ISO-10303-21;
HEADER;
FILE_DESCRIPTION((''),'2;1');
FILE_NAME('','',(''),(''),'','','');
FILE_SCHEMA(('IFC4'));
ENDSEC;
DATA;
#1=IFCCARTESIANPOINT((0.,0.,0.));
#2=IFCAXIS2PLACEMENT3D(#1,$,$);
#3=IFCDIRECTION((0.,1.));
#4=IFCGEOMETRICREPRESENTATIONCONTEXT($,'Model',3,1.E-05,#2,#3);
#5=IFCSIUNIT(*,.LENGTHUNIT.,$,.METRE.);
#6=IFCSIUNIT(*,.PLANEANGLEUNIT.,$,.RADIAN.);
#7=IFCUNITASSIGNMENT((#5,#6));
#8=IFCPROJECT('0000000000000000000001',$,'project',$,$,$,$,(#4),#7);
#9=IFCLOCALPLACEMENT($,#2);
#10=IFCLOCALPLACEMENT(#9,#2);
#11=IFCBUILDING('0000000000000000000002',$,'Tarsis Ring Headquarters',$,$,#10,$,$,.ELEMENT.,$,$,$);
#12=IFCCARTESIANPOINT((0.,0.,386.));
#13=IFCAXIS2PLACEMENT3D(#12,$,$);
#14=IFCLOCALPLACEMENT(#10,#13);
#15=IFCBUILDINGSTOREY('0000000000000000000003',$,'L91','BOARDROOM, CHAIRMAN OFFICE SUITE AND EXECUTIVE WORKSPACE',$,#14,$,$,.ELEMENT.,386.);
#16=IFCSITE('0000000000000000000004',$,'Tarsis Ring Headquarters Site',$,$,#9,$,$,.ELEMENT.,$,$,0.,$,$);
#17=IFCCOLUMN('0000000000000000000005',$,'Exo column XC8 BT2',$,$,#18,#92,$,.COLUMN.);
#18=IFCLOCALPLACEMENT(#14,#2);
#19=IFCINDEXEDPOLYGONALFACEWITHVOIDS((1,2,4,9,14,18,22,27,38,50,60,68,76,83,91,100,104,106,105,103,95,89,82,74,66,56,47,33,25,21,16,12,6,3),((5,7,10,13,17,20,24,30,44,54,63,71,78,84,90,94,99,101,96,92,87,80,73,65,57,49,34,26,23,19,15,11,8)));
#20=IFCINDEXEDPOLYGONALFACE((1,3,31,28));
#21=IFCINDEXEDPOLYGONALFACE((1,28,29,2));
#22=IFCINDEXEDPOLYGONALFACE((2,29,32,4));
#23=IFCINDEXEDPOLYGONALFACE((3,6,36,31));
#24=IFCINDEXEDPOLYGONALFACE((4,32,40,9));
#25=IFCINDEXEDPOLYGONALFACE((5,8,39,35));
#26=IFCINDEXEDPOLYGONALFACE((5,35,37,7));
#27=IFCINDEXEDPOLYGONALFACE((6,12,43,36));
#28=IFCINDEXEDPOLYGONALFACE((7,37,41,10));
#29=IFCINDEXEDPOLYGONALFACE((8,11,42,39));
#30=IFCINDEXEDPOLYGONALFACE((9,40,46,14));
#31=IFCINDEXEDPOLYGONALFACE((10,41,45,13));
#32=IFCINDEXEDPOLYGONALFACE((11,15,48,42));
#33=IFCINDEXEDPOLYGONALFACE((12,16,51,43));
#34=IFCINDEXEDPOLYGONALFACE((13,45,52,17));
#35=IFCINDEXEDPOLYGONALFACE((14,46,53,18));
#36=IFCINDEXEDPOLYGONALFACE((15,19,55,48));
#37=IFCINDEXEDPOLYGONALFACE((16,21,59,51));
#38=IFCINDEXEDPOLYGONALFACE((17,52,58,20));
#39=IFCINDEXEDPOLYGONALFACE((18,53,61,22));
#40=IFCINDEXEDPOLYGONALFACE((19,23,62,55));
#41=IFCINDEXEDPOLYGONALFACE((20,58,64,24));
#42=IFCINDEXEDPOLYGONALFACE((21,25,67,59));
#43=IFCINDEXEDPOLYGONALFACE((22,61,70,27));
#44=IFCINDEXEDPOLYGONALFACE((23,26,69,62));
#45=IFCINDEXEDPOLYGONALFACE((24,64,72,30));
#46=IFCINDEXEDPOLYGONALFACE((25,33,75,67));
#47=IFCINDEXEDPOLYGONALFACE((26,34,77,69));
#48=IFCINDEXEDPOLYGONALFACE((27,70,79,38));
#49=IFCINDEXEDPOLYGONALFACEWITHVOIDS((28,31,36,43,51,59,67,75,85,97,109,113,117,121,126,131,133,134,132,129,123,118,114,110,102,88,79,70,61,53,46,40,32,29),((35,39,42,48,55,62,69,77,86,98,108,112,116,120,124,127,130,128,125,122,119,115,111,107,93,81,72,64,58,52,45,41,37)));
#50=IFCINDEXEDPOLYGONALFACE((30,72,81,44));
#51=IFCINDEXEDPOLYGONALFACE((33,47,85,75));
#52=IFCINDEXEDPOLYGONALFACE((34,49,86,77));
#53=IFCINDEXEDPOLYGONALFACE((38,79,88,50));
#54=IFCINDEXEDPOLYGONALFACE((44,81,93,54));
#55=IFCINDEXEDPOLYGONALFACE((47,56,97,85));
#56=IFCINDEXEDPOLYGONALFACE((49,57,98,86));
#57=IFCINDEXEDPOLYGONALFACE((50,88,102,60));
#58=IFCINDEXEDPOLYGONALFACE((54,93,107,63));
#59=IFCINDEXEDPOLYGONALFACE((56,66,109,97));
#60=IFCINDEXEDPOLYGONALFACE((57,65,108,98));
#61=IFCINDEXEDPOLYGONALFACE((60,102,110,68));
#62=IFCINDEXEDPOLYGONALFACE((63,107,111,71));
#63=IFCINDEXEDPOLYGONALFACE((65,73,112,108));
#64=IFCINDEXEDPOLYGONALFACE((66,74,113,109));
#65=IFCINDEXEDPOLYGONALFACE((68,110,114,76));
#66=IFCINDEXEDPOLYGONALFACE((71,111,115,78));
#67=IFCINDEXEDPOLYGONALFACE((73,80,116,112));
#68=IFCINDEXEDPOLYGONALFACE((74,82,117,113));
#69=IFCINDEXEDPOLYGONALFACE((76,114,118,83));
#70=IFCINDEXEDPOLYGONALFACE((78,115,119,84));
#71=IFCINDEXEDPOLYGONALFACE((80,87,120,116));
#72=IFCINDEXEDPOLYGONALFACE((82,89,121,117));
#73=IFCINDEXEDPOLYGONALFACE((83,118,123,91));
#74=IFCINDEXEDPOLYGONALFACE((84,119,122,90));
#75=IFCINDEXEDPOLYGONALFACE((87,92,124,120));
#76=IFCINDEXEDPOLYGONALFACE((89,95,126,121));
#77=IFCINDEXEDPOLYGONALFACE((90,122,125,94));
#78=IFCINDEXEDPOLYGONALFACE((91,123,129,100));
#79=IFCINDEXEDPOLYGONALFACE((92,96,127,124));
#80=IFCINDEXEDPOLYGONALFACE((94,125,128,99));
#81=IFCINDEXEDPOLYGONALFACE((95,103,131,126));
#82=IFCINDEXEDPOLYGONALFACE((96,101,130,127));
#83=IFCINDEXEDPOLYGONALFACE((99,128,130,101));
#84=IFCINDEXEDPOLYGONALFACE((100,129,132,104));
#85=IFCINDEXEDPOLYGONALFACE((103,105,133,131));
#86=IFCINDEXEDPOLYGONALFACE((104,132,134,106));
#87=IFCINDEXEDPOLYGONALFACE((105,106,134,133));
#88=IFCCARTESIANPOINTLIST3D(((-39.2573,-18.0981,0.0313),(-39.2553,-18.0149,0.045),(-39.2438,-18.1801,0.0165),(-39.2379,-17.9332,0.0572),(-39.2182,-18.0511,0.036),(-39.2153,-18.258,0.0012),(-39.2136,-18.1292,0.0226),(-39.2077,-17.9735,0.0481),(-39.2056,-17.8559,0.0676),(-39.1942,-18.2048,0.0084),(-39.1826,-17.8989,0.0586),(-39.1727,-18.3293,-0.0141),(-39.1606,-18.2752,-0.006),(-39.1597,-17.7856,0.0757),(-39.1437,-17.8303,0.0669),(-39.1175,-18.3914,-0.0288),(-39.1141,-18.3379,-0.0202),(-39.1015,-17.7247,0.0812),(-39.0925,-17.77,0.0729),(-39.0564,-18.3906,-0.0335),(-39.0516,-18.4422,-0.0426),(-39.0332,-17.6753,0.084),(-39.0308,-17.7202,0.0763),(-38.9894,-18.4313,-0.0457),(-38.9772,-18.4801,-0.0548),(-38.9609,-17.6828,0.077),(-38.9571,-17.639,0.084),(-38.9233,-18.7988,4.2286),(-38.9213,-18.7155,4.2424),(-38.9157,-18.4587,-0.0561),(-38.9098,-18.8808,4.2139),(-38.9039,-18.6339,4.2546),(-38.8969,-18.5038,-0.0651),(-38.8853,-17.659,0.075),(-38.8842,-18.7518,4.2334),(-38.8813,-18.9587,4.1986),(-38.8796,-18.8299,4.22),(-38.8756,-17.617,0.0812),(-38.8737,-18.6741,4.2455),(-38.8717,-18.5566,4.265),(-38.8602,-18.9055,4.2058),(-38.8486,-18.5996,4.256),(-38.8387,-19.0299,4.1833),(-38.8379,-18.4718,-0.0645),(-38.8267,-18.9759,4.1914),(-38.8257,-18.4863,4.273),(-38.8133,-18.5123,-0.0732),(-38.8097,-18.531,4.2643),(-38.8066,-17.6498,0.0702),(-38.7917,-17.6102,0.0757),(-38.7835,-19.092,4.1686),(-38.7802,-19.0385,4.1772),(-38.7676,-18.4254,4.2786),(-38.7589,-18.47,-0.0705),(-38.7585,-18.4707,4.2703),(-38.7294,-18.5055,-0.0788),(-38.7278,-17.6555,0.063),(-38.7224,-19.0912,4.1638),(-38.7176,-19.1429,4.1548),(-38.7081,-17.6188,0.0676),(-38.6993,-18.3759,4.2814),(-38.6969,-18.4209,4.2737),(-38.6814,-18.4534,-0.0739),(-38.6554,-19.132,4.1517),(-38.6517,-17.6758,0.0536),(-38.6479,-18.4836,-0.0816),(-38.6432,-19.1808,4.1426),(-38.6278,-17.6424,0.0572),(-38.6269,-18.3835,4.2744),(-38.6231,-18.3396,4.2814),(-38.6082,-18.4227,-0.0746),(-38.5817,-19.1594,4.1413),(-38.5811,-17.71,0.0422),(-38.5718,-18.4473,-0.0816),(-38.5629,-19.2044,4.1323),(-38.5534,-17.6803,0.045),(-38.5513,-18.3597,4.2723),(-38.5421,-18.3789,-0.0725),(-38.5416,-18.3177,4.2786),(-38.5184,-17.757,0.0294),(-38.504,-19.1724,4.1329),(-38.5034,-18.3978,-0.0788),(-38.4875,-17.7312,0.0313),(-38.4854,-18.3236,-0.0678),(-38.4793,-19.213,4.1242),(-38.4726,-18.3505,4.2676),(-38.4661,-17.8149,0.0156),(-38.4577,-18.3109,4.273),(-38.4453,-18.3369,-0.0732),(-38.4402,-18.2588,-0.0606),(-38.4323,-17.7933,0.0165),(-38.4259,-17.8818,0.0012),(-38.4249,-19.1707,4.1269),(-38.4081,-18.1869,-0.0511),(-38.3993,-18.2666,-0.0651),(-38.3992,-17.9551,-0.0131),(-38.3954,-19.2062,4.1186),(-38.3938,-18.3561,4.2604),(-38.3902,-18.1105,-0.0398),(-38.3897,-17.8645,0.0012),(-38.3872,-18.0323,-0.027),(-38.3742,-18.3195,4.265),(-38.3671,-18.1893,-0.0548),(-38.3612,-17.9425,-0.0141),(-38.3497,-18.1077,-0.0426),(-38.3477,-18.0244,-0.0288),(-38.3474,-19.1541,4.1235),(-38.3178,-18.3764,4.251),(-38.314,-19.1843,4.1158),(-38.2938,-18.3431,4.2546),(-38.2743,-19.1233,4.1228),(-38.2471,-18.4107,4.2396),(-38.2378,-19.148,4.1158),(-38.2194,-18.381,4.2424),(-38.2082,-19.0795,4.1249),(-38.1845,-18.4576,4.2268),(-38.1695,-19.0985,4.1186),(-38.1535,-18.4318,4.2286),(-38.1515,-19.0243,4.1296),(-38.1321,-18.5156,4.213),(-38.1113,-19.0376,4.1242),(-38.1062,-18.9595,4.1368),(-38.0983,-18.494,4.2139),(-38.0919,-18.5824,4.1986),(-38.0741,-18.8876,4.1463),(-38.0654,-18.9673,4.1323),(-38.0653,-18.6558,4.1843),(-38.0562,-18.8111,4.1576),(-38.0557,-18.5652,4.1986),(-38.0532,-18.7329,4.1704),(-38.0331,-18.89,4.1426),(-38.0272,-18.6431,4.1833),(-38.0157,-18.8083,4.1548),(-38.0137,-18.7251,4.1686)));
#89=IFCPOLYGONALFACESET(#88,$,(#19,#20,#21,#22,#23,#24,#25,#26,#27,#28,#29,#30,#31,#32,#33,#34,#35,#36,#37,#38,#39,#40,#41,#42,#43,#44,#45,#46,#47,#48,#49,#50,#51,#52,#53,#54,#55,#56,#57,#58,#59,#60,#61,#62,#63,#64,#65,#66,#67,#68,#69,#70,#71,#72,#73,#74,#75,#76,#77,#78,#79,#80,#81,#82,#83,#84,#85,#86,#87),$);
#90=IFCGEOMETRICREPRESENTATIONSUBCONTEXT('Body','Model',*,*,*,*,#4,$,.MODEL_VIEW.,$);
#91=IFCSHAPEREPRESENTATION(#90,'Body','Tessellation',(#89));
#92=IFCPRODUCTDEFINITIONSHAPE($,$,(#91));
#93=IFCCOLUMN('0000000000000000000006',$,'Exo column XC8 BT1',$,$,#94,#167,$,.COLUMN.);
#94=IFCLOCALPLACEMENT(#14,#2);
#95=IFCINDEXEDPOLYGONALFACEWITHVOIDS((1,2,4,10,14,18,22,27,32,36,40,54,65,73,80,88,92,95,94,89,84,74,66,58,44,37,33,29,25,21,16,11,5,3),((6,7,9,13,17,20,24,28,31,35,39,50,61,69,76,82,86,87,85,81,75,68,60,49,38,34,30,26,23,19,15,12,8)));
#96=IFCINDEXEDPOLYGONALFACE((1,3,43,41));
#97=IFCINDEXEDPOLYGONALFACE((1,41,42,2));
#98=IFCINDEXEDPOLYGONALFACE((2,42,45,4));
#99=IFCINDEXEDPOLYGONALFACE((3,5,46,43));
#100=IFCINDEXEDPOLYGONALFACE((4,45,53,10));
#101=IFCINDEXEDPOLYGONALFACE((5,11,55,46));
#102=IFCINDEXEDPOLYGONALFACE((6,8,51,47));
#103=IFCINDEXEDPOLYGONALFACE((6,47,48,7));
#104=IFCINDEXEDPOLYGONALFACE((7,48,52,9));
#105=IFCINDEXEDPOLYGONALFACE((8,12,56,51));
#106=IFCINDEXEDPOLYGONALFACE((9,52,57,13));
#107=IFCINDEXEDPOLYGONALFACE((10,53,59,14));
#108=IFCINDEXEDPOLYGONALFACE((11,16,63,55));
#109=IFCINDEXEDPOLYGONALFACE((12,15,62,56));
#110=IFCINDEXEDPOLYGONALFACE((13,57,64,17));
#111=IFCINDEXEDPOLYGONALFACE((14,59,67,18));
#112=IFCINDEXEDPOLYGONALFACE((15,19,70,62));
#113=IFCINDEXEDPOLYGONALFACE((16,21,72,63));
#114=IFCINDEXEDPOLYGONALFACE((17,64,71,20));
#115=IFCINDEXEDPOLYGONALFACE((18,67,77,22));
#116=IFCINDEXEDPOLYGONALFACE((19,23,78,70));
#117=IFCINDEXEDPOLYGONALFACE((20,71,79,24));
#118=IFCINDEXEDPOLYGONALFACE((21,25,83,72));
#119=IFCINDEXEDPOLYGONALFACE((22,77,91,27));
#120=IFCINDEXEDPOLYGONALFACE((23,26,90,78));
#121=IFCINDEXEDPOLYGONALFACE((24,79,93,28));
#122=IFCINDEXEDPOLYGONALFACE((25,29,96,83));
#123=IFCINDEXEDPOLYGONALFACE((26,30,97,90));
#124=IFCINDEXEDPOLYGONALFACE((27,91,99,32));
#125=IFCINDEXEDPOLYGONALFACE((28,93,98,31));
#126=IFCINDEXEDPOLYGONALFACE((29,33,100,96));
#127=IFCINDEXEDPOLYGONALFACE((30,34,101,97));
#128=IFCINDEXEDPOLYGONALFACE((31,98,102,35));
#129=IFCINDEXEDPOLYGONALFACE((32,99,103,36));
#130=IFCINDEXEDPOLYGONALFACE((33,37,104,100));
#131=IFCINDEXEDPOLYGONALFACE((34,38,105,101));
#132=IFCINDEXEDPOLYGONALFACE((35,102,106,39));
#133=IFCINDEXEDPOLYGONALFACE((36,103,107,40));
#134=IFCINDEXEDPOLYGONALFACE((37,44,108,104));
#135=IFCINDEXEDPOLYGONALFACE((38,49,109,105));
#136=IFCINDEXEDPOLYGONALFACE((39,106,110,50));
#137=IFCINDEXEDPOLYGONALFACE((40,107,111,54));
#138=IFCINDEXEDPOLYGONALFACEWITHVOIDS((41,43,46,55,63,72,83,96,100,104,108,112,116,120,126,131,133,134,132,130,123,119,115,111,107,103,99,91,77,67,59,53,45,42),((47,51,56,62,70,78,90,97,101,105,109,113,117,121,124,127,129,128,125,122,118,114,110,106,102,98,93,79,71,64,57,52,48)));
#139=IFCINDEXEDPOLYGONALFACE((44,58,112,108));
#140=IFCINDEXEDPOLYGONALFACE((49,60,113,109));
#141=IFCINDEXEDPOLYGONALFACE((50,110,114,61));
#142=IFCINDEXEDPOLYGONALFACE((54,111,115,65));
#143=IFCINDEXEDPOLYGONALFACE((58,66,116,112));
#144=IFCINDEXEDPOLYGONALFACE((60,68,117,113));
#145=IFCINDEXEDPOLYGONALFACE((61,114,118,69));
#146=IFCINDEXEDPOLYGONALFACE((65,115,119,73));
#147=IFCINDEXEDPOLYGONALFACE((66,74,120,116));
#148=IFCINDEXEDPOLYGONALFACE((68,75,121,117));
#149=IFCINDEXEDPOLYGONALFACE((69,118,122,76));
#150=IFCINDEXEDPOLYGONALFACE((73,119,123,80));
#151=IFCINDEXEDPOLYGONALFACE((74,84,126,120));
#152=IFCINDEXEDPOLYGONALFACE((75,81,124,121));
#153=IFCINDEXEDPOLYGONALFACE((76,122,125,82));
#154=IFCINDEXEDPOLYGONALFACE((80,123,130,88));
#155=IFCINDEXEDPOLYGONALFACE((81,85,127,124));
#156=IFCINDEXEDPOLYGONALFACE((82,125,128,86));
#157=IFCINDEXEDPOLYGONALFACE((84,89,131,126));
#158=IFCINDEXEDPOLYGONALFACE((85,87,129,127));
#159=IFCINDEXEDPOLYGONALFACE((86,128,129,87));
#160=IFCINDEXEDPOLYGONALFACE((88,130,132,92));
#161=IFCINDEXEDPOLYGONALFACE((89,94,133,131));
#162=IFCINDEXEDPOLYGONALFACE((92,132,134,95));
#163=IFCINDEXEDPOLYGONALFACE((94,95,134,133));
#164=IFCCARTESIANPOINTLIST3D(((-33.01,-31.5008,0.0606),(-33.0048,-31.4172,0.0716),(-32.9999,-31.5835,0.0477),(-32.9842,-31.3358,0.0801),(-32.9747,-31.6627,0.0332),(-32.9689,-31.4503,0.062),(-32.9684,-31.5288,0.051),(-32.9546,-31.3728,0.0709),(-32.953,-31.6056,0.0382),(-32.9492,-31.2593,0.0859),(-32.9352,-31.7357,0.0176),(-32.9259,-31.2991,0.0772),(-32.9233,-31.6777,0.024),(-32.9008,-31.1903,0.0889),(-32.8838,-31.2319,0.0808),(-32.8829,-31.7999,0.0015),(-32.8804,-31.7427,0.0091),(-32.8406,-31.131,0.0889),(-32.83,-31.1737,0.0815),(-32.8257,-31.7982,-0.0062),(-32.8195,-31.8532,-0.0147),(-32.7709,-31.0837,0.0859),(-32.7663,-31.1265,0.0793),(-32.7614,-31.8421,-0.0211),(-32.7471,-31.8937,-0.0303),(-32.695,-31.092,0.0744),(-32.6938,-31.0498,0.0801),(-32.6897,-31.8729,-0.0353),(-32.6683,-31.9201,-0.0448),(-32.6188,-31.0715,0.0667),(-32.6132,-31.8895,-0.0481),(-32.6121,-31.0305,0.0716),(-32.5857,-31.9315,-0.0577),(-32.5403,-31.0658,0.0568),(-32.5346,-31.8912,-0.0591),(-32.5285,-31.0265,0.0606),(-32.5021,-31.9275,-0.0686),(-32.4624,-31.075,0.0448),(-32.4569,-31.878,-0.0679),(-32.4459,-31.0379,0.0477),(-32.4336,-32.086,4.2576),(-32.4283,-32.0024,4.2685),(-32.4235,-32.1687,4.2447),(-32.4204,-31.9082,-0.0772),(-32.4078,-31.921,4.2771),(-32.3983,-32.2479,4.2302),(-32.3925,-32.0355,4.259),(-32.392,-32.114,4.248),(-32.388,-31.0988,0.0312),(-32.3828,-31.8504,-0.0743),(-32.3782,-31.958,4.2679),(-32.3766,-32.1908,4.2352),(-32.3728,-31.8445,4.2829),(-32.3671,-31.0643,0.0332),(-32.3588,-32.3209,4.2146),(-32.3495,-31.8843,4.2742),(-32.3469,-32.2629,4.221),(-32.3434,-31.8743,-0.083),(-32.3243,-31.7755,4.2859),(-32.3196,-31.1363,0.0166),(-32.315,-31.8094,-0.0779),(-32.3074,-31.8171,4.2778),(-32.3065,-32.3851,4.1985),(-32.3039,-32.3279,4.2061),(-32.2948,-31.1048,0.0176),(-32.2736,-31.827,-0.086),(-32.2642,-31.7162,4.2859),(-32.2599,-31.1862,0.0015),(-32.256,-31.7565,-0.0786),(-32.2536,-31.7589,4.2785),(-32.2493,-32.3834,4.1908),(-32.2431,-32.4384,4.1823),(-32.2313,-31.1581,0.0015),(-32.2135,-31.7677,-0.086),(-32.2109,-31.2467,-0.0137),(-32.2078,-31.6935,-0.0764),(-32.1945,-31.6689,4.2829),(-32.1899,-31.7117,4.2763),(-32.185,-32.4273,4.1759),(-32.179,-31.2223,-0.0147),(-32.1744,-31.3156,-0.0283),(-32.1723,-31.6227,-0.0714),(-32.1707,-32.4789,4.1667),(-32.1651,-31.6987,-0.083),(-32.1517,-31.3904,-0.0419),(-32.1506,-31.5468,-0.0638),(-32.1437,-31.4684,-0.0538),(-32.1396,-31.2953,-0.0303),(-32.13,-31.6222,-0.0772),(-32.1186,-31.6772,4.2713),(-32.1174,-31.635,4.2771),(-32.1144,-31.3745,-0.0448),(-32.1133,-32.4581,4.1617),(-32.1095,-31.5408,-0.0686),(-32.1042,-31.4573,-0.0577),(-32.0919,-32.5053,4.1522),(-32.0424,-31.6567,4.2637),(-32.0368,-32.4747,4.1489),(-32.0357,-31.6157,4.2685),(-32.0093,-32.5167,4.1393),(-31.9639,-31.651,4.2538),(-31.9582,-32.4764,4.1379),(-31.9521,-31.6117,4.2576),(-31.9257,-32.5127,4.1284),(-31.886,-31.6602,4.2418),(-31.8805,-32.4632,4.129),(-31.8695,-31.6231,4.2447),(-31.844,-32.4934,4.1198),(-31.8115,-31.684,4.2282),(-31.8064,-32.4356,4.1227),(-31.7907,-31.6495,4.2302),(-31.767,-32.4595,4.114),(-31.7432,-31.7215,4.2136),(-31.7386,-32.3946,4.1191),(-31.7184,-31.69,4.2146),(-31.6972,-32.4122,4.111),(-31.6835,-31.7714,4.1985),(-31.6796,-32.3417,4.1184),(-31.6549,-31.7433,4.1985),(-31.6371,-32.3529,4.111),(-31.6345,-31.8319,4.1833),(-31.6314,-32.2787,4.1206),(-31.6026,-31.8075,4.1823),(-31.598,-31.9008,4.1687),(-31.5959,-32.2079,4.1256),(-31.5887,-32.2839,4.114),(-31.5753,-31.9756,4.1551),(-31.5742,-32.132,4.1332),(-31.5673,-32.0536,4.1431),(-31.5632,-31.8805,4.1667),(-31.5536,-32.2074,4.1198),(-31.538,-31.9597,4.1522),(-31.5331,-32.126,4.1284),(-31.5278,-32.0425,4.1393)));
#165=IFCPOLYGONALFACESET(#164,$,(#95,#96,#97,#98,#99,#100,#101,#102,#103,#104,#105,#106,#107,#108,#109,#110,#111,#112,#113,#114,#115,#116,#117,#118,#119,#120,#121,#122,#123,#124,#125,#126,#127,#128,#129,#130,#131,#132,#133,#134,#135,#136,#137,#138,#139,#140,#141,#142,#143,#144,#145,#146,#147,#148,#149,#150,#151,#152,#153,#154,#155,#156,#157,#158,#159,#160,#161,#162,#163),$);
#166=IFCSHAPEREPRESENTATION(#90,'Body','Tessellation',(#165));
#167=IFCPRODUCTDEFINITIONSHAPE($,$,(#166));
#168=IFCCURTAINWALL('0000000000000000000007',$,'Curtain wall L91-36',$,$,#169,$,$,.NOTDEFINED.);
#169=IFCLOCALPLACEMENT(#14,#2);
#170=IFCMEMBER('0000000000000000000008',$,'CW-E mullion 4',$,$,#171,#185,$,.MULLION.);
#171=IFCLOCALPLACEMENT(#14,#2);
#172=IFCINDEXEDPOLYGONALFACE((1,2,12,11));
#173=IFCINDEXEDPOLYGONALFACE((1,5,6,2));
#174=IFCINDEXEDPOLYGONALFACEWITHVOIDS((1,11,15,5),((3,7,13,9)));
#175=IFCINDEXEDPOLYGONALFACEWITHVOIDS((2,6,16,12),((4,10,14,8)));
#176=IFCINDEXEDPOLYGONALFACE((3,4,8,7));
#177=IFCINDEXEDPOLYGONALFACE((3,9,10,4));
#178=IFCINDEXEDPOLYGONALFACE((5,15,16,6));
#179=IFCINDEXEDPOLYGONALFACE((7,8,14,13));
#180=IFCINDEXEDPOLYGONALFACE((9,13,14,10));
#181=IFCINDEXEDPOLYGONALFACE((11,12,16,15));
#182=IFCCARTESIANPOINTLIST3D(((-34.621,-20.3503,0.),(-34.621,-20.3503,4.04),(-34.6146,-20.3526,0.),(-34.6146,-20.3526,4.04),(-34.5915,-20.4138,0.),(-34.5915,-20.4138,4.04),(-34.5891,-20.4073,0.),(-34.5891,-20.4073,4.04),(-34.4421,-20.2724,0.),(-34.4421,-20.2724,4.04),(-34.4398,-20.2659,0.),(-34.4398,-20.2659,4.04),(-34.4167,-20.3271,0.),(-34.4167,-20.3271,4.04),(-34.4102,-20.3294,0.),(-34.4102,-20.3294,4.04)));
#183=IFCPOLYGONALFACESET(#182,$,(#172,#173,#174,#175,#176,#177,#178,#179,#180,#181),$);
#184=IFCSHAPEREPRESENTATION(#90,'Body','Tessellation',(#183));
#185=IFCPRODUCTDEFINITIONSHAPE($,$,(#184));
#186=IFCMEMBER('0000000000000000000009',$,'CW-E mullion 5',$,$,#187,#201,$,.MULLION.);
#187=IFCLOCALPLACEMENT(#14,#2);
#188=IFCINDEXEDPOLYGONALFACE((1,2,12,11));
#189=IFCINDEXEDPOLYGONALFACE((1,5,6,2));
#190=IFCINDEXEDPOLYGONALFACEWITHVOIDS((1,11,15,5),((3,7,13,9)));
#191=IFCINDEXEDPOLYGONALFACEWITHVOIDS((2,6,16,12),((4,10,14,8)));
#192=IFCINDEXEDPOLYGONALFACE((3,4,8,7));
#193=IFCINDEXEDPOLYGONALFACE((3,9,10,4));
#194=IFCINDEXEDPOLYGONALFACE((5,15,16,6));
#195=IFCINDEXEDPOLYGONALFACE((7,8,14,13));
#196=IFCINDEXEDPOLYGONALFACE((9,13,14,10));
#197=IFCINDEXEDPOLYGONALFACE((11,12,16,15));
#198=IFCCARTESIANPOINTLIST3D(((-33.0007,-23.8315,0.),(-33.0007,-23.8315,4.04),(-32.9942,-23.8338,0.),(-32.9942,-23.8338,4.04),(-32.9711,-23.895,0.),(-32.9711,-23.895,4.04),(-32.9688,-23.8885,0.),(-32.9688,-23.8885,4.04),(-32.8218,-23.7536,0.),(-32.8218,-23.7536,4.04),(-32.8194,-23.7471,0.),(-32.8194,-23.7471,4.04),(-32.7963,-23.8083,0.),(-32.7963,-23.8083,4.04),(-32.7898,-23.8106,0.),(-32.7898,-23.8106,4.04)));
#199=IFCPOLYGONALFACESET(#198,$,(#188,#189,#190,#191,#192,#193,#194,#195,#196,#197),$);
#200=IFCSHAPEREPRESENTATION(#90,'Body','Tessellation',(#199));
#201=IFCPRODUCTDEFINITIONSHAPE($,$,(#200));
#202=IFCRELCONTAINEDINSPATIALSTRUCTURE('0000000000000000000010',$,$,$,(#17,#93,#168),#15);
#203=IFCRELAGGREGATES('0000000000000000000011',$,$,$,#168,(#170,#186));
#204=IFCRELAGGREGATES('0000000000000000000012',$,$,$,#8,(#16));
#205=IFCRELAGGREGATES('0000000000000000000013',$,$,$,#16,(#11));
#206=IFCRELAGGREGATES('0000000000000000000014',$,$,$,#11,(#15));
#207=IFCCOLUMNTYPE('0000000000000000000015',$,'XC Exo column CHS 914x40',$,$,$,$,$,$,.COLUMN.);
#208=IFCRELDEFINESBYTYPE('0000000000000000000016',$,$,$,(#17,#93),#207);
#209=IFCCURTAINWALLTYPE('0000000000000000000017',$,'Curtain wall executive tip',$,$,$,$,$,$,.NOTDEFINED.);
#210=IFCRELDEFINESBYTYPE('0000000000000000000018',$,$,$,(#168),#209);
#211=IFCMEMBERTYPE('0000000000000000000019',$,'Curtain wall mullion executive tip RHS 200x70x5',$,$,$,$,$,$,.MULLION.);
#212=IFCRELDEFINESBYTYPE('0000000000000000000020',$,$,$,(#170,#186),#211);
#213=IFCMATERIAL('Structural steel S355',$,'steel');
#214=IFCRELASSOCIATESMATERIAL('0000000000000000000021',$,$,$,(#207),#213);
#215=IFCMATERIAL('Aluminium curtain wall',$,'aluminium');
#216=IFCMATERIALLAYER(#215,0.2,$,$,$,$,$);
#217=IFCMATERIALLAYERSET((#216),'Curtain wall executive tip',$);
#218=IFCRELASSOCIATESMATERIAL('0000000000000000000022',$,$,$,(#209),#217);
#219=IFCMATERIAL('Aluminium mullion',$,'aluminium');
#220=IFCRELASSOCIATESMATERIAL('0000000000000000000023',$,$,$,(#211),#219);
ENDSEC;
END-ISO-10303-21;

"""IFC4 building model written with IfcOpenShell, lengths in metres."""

from ifc_helpers import new_model, si_unit, direction, frame, origin, origin_2d, place, context, subcontext, project, spatial, hollow_rectangle, hollow_circle, extrude, material, layer, layer_set, material_profile, profile_set, type_object, element, aggregate, save


model = new_model("IFC4")

# Units and contexts
model_context = context("Model", 3, precision=1e-05, world=origin(), true_north=direction((0.0, 1.0)))
body_context = subcontext(model_context, "Body", "Model", "MODEL_VIEW")
ifc_project = project(units=[si_unit("LENGTHUNIT", "METRE"), si_unit("PLANEANGLEUNIT", "RADIAN")], contexts=[model_context])

# Site, building, storey
site_placement = place(None, origin())
site = spatial("IfcSite", under=ifc_project, at=site_placement, Name="Tarsis Ring Headquarters Site", CompositionType="ELEMENT", RefElevation=0.0)
building_placement = place(site_placement, origin())
building = spatial("IfcBuilding", under=site, at=building_placement, Name="Tarsis Ring Headquarters", CompositionType="ELEMENT")
storey_placement = place(building_placement, frame((0.0, 0.0, 386.0)))
storey = spatial("IfcBuildingStorey", under=building, at=storey_placement, Name="L91", Description="BOARDROOM, CHAIRMAN OFFICE SUITE AND EXECUTIVE WORKSPACE", CompositionType="ELEMENT", Elevation=386.0)

# Columns
ifc_material_1 = material(Name="Structural steel S355", Category="steel")
ifc_material_profile_1 = material_profile(ifc_material_1, hollow_circle(Radius=0.457, WallThickness=0.04, at=origin_2d()), Name="CHS 914x40")
ifc_profile_set_1 = profile_set([ifc_material_profile_1], Name="Structural steel S355")
column_type = type_object("IfcColumnType", Name="XC Exo column CHS 914x40", PredefinedType="COLUMN", material=ifc_profile_set_1)
column_1_placement = place(storey_placement, frame((-38.8025, -18.0613, 0.0012), z_axis=(0.078241, -0.164145, 0.983328), x_axis=(0.902698, 0.430275, 0.0)))
element("IfcColumn", 1, at=column_1_placement, inside=storey, type_object=column_type, Name="Exo column XC8 BT2", PredefinedType="COLUMN", context=body_context, shape_type="SweptSolid", body=[
    extrude(hollow_circle(Radius=0.4573, WallThickness=0.04, at=origin_2d()), origin(), (0.0, 0.0, 1.0), 4.2686),
])
column_2_placement = place(storey_placement, frame((-32.5571, -31.479, 0.0015), z_axis=(0.134782, -0.136837, 0.981381), x_axis=(0.712437, 0.701737, 0.0)))
element("IfcColumn", 2, at=column_2_placement, inside=storey, type_object=column_type, Name="Exo column XC8 BT1", PredefinedType="COLUMN", context=body_context, shape_type="SweptSolid", body=[
    extrude(hollow_circle(Radius=0.4573, WallThickness=0.04, at=origin_2d()), origin(), (0.0, 0.0, 1.0), 4.2766),
])

# Curtain wall, members
ifc_material_2 = material(Name="Aluminium curtain wall", Category="aluminium")
ifc_layer_1 = layer(ifc_material_2, 0.2)
ifc_layer_set_1 = layer_set([ifc_layer_1], Name="Curtain wall executive tip")
curtain_wall_type = type_object("IfcCurtainWallType", Name="Curtain wall executive tip", PredefinedType="NOTDEFINED", material=ifc_layer_set_1)
curtain_wall_placement = place(storey_placement, origin())
curtain_wall = element("IfcCurtainWall", 3, at=curtain_wall_placement, inside=storey, type_object=curtain_wall_type, Name="Curtain wall L91-36", PredefinedType="NOTDEFINED")
ifc_material_3 = material(Name="Aluminium mullion", Category="aluminium")
ifc_material_profile_2 = material_profile(ifc_material_3, hollow_rectangle(XDim=0.2, YDim=0.0701, WallThickness=0.0049, at=origin_2d()), Name="RHS 200x70x5")
ifc_profile_set_2 = profile_set([ifc_material_profile_2], Name="Aluminium mullion")
member_type_1 = type_object("IfcMemberType", Name="Curtain wall mullion executive tip RHS 200x70x5", PredefinedType="MULLION", material=ifc_profile_set_2)
member_1_placement = place(storey_placement, frame((-34.5156, -20.3398, 0.0), z_axis=(0.0, 0.0, 1.0), x_axis=(0.906603, 0.421985, 0.0)))
member_1 = element("IfcMember", 4, at=member_1_placement, type_object=member_type_1, Name="CW-E mullion 4", PredefinedType="MULLION", context=body_context, shape_type="SweptSolid", body=[
    extrude(hollow_rectangle(XDim=0.2, YDim=0.0701, WallThickness=0.0049, at=origin_2d()), origin(), (0.0, 0.0, 1.0), 4.04),
])
member_2_placement = place(storey_placement, frame((-32.8953, -23.821, 0.0), z_axis=(0.0, 0.0, 1.0), x_axis=(0.906603, 0.421985, 0.0)))
member_2 = element("IfcMember", 5, at=member_2_placement, type_object=member_type_1, Name="CW-E mullion 5", PredefinedType="MULLION", context=body_context, shape_type="SweptSolid", body=[
    extrude(hollow_rectangle(XDim=0.2, YDim=0.0701, WallThickness=0.0049, at=origin_2d()), origin(), (0.0, 0.0, 1.0), 4.04),
])

aggregate(curtain_wall, [member_1, member_2])

save(model, "model.ifc")
